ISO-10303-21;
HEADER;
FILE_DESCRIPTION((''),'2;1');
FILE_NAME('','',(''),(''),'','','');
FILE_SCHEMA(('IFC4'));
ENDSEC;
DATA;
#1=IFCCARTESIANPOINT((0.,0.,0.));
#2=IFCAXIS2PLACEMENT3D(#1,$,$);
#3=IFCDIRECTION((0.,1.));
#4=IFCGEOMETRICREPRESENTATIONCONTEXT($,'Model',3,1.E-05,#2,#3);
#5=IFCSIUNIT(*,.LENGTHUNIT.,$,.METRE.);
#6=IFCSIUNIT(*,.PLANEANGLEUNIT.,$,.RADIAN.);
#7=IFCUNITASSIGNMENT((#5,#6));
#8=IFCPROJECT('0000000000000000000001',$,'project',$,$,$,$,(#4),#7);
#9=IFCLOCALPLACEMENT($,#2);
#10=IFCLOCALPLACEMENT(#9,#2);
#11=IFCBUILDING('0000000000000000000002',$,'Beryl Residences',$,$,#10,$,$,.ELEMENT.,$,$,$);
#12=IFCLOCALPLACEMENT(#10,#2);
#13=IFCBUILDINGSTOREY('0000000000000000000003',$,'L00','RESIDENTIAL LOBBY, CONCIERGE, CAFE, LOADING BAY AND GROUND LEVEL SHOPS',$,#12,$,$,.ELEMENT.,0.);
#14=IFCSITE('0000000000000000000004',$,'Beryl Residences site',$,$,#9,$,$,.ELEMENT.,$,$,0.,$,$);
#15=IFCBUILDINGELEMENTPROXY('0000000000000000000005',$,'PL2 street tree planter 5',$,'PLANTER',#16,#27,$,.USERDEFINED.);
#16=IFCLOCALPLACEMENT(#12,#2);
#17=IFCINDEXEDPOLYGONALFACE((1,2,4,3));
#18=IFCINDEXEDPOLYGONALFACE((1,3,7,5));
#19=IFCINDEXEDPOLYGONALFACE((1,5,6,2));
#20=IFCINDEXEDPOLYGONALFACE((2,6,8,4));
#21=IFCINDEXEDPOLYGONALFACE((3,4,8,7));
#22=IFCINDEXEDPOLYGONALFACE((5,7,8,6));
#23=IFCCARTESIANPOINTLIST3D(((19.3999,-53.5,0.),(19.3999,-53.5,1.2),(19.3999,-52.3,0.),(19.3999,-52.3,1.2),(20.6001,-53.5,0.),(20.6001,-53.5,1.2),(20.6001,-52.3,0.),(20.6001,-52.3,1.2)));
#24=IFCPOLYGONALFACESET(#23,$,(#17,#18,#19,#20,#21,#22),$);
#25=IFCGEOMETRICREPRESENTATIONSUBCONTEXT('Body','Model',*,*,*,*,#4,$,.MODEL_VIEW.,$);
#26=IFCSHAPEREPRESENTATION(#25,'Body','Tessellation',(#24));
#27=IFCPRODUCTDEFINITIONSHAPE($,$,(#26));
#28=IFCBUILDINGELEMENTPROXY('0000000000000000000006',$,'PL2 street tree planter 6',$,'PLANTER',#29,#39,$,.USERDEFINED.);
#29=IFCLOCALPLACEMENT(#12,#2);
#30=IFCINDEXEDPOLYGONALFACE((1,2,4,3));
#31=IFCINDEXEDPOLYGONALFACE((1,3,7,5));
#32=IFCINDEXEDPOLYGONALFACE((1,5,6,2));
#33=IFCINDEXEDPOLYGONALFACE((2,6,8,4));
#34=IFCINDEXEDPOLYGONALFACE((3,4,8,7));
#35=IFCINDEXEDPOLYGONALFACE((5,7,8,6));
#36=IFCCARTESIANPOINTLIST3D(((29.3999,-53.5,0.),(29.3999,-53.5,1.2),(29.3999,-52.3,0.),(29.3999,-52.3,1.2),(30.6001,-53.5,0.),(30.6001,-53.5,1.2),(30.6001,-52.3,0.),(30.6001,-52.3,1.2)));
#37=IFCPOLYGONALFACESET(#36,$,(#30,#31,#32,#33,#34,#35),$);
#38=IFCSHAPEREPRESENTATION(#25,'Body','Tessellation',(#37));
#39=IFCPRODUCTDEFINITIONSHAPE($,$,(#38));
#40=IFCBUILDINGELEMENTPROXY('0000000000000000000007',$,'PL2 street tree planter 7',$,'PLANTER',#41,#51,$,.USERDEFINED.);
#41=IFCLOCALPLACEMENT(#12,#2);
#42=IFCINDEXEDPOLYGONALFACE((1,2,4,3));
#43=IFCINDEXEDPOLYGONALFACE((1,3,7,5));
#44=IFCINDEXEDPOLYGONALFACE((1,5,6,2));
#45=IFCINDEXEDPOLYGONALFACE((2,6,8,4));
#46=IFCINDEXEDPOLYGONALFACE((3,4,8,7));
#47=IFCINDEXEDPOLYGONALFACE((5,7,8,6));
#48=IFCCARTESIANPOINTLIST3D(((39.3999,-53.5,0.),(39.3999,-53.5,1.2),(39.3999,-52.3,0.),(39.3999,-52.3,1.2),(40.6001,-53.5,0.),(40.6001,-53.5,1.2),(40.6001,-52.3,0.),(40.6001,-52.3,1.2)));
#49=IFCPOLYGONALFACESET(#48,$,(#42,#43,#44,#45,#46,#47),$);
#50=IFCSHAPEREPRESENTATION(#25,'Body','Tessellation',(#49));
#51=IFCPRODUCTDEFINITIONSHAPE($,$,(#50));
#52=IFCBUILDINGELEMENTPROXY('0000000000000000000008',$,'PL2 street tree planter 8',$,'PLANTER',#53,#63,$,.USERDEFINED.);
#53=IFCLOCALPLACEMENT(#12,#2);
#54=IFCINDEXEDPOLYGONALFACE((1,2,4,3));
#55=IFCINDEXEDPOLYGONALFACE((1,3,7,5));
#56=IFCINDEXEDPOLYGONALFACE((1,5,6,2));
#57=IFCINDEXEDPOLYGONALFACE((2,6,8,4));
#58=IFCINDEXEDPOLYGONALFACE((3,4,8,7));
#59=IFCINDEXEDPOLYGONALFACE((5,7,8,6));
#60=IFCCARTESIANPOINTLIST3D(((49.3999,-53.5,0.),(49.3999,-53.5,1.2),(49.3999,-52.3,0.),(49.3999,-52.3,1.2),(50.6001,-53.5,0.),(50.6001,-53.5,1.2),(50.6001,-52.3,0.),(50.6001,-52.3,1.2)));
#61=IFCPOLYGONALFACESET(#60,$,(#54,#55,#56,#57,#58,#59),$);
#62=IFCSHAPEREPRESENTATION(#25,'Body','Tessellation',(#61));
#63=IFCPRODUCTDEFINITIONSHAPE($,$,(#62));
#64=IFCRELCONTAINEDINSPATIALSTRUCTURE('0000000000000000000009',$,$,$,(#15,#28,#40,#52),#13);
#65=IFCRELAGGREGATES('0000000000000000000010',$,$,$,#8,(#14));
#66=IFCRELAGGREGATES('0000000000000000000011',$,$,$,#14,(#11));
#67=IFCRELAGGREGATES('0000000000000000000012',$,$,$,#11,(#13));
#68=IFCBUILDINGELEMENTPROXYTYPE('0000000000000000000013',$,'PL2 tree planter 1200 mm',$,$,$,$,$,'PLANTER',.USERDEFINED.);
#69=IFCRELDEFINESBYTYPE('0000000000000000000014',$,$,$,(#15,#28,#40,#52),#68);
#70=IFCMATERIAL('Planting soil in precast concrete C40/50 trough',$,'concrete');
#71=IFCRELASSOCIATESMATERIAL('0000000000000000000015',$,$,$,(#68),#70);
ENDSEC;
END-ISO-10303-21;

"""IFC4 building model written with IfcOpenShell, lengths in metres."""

from ifc_helpers import new_model, si_unit, direction, origin, place, context, subcontext, project, spatial, polyline, outline, extrude, material, type_object, element, save


model = new_model("IFC4")

# Units and contexts
model_context = context("Model", 3, precision=1e-05, world=origin(), true_north=direction((0.0, 1.0)))
body_context = subcontext(model_context, "Body", "Model", "MODEL_VIEW")
ifc_project = project(units=[si_unit("LENGTHUNIT", "METRE"), si_unit("PLANEANGLEUNIT", "RADIAN")], contexts=[model_context])

# Site, building, storey
site_placement = place(None, origin())
site = spatial("IfcSite", under=ifc_project, at=site_placement, Name="Beryl Residences site", CompositionType="ELEMENT", RefElevation=0.0)
building_placement = place(site_placement, origin())
building = spatial("IfcBuilding", under=site, at=building_placement, Name="Beryl Residences", CompositionType="ELEMENT")
storey_placement = place(building_placement, origin())
storey = spatial("IfcBuildingStorey", under=building, at=storey_placement, Name="L00", Description="RESIDENTIAL LOBBY, CONCIERGE, CAFE, LOADING BAY AND GROUND LEVEL SHOPS", CompositionType="ELEMENT", Elevation=0.0)

# Building element proxies
ifc_material_1 = material(Name="Planting soil in precast concrete C40/50 trough", Category="concrete")
building_element_proxy_type = type_object("IfcBuildingElementProxyType", Name="PL2 tree planter 1200 mm", ElementType="PLANTER", PredefinedType="USERDEFINED", material=ifc_material_1)
proxy_1_placement = place(storey_placement, origin())
element("IfcBuildingElementProxy", 1, at=proxy_1_placement, inside=storey, type_object=building_element_proxy_type, Name="PL2 street tree planter 5", ObjectType="PLANTER", PredefinedType="USERDEFINED", context=body_context, shape_type="SweptSolid", body=[
    extrude(outline(polyline([(20.6001, -53.5), (20.6001, -52.3), (19.3999, -52.3), (19.3999, -53.5), (20.6001, -53.5)])), origin(), (0.0, 0.0, 1.0), 1.2),
])
proxy_2_placement = place(storey_placement, origin())
element("IfcBuildingElementProxy", 2, at=proxy_2_placement, inside=storey, type_object=building_element_proxy_type, Name="PL2 street tree planter 6", ObjectType="PLANTER", PredefinedType="USERDEFINED", context=body_context, shape_type="SweptSolid", body=[
    extrude(outline(polyline([(30.6001, -53.5), (30.6001, -52.3), (29.3999, -52.3), (29.3999, -53.5), (30.6001, -53.5)])), origin(), (0.0, 0.0, 1.0), 1.2),
])
proxy_3_placement = place(storey_placement, origin())
element("IfcBuildingElementProxy", 3, at=proxy_3_placement, inside=storey, type_object=building_element_proxy_type, Name="PL2 street tree planter 7", ObjectType="PLANTER", PredefinedType="USERDEFINED", context=body_context, shape_type="SweptSolid", body=[
    extrude(outline(polyline([(40.6001, -53.5), (40.6001, -52.3), (39.3999, -52.3), (39.3999, -53.5), (40.6001, -53.5)])), origin(), (0.0, 0.0, 1.0), 1.2),
])
proxy_4_placement = place(storey_placement, origin())
element("IfcBuildingElementProxy", 4, at=proxy_4_placement, inside=storey, type_object=building_element_proxy_type, Name="PL2 street tree planter 8", ObjectType="PLANTER", PredefinedType="USERDEFINED", context=body_context, shape_type="SweptSolid", body=[
    extrude(outline(polyline([(50.6001, -53.5), (50.6001, -52.3), (49.3999, -52.3), (49.3999, -53.5), (50.6001, -53.5)])), origin(), (0.0, 0.0, 1.0), 1.2),
])

save(model, "model.ifc")
